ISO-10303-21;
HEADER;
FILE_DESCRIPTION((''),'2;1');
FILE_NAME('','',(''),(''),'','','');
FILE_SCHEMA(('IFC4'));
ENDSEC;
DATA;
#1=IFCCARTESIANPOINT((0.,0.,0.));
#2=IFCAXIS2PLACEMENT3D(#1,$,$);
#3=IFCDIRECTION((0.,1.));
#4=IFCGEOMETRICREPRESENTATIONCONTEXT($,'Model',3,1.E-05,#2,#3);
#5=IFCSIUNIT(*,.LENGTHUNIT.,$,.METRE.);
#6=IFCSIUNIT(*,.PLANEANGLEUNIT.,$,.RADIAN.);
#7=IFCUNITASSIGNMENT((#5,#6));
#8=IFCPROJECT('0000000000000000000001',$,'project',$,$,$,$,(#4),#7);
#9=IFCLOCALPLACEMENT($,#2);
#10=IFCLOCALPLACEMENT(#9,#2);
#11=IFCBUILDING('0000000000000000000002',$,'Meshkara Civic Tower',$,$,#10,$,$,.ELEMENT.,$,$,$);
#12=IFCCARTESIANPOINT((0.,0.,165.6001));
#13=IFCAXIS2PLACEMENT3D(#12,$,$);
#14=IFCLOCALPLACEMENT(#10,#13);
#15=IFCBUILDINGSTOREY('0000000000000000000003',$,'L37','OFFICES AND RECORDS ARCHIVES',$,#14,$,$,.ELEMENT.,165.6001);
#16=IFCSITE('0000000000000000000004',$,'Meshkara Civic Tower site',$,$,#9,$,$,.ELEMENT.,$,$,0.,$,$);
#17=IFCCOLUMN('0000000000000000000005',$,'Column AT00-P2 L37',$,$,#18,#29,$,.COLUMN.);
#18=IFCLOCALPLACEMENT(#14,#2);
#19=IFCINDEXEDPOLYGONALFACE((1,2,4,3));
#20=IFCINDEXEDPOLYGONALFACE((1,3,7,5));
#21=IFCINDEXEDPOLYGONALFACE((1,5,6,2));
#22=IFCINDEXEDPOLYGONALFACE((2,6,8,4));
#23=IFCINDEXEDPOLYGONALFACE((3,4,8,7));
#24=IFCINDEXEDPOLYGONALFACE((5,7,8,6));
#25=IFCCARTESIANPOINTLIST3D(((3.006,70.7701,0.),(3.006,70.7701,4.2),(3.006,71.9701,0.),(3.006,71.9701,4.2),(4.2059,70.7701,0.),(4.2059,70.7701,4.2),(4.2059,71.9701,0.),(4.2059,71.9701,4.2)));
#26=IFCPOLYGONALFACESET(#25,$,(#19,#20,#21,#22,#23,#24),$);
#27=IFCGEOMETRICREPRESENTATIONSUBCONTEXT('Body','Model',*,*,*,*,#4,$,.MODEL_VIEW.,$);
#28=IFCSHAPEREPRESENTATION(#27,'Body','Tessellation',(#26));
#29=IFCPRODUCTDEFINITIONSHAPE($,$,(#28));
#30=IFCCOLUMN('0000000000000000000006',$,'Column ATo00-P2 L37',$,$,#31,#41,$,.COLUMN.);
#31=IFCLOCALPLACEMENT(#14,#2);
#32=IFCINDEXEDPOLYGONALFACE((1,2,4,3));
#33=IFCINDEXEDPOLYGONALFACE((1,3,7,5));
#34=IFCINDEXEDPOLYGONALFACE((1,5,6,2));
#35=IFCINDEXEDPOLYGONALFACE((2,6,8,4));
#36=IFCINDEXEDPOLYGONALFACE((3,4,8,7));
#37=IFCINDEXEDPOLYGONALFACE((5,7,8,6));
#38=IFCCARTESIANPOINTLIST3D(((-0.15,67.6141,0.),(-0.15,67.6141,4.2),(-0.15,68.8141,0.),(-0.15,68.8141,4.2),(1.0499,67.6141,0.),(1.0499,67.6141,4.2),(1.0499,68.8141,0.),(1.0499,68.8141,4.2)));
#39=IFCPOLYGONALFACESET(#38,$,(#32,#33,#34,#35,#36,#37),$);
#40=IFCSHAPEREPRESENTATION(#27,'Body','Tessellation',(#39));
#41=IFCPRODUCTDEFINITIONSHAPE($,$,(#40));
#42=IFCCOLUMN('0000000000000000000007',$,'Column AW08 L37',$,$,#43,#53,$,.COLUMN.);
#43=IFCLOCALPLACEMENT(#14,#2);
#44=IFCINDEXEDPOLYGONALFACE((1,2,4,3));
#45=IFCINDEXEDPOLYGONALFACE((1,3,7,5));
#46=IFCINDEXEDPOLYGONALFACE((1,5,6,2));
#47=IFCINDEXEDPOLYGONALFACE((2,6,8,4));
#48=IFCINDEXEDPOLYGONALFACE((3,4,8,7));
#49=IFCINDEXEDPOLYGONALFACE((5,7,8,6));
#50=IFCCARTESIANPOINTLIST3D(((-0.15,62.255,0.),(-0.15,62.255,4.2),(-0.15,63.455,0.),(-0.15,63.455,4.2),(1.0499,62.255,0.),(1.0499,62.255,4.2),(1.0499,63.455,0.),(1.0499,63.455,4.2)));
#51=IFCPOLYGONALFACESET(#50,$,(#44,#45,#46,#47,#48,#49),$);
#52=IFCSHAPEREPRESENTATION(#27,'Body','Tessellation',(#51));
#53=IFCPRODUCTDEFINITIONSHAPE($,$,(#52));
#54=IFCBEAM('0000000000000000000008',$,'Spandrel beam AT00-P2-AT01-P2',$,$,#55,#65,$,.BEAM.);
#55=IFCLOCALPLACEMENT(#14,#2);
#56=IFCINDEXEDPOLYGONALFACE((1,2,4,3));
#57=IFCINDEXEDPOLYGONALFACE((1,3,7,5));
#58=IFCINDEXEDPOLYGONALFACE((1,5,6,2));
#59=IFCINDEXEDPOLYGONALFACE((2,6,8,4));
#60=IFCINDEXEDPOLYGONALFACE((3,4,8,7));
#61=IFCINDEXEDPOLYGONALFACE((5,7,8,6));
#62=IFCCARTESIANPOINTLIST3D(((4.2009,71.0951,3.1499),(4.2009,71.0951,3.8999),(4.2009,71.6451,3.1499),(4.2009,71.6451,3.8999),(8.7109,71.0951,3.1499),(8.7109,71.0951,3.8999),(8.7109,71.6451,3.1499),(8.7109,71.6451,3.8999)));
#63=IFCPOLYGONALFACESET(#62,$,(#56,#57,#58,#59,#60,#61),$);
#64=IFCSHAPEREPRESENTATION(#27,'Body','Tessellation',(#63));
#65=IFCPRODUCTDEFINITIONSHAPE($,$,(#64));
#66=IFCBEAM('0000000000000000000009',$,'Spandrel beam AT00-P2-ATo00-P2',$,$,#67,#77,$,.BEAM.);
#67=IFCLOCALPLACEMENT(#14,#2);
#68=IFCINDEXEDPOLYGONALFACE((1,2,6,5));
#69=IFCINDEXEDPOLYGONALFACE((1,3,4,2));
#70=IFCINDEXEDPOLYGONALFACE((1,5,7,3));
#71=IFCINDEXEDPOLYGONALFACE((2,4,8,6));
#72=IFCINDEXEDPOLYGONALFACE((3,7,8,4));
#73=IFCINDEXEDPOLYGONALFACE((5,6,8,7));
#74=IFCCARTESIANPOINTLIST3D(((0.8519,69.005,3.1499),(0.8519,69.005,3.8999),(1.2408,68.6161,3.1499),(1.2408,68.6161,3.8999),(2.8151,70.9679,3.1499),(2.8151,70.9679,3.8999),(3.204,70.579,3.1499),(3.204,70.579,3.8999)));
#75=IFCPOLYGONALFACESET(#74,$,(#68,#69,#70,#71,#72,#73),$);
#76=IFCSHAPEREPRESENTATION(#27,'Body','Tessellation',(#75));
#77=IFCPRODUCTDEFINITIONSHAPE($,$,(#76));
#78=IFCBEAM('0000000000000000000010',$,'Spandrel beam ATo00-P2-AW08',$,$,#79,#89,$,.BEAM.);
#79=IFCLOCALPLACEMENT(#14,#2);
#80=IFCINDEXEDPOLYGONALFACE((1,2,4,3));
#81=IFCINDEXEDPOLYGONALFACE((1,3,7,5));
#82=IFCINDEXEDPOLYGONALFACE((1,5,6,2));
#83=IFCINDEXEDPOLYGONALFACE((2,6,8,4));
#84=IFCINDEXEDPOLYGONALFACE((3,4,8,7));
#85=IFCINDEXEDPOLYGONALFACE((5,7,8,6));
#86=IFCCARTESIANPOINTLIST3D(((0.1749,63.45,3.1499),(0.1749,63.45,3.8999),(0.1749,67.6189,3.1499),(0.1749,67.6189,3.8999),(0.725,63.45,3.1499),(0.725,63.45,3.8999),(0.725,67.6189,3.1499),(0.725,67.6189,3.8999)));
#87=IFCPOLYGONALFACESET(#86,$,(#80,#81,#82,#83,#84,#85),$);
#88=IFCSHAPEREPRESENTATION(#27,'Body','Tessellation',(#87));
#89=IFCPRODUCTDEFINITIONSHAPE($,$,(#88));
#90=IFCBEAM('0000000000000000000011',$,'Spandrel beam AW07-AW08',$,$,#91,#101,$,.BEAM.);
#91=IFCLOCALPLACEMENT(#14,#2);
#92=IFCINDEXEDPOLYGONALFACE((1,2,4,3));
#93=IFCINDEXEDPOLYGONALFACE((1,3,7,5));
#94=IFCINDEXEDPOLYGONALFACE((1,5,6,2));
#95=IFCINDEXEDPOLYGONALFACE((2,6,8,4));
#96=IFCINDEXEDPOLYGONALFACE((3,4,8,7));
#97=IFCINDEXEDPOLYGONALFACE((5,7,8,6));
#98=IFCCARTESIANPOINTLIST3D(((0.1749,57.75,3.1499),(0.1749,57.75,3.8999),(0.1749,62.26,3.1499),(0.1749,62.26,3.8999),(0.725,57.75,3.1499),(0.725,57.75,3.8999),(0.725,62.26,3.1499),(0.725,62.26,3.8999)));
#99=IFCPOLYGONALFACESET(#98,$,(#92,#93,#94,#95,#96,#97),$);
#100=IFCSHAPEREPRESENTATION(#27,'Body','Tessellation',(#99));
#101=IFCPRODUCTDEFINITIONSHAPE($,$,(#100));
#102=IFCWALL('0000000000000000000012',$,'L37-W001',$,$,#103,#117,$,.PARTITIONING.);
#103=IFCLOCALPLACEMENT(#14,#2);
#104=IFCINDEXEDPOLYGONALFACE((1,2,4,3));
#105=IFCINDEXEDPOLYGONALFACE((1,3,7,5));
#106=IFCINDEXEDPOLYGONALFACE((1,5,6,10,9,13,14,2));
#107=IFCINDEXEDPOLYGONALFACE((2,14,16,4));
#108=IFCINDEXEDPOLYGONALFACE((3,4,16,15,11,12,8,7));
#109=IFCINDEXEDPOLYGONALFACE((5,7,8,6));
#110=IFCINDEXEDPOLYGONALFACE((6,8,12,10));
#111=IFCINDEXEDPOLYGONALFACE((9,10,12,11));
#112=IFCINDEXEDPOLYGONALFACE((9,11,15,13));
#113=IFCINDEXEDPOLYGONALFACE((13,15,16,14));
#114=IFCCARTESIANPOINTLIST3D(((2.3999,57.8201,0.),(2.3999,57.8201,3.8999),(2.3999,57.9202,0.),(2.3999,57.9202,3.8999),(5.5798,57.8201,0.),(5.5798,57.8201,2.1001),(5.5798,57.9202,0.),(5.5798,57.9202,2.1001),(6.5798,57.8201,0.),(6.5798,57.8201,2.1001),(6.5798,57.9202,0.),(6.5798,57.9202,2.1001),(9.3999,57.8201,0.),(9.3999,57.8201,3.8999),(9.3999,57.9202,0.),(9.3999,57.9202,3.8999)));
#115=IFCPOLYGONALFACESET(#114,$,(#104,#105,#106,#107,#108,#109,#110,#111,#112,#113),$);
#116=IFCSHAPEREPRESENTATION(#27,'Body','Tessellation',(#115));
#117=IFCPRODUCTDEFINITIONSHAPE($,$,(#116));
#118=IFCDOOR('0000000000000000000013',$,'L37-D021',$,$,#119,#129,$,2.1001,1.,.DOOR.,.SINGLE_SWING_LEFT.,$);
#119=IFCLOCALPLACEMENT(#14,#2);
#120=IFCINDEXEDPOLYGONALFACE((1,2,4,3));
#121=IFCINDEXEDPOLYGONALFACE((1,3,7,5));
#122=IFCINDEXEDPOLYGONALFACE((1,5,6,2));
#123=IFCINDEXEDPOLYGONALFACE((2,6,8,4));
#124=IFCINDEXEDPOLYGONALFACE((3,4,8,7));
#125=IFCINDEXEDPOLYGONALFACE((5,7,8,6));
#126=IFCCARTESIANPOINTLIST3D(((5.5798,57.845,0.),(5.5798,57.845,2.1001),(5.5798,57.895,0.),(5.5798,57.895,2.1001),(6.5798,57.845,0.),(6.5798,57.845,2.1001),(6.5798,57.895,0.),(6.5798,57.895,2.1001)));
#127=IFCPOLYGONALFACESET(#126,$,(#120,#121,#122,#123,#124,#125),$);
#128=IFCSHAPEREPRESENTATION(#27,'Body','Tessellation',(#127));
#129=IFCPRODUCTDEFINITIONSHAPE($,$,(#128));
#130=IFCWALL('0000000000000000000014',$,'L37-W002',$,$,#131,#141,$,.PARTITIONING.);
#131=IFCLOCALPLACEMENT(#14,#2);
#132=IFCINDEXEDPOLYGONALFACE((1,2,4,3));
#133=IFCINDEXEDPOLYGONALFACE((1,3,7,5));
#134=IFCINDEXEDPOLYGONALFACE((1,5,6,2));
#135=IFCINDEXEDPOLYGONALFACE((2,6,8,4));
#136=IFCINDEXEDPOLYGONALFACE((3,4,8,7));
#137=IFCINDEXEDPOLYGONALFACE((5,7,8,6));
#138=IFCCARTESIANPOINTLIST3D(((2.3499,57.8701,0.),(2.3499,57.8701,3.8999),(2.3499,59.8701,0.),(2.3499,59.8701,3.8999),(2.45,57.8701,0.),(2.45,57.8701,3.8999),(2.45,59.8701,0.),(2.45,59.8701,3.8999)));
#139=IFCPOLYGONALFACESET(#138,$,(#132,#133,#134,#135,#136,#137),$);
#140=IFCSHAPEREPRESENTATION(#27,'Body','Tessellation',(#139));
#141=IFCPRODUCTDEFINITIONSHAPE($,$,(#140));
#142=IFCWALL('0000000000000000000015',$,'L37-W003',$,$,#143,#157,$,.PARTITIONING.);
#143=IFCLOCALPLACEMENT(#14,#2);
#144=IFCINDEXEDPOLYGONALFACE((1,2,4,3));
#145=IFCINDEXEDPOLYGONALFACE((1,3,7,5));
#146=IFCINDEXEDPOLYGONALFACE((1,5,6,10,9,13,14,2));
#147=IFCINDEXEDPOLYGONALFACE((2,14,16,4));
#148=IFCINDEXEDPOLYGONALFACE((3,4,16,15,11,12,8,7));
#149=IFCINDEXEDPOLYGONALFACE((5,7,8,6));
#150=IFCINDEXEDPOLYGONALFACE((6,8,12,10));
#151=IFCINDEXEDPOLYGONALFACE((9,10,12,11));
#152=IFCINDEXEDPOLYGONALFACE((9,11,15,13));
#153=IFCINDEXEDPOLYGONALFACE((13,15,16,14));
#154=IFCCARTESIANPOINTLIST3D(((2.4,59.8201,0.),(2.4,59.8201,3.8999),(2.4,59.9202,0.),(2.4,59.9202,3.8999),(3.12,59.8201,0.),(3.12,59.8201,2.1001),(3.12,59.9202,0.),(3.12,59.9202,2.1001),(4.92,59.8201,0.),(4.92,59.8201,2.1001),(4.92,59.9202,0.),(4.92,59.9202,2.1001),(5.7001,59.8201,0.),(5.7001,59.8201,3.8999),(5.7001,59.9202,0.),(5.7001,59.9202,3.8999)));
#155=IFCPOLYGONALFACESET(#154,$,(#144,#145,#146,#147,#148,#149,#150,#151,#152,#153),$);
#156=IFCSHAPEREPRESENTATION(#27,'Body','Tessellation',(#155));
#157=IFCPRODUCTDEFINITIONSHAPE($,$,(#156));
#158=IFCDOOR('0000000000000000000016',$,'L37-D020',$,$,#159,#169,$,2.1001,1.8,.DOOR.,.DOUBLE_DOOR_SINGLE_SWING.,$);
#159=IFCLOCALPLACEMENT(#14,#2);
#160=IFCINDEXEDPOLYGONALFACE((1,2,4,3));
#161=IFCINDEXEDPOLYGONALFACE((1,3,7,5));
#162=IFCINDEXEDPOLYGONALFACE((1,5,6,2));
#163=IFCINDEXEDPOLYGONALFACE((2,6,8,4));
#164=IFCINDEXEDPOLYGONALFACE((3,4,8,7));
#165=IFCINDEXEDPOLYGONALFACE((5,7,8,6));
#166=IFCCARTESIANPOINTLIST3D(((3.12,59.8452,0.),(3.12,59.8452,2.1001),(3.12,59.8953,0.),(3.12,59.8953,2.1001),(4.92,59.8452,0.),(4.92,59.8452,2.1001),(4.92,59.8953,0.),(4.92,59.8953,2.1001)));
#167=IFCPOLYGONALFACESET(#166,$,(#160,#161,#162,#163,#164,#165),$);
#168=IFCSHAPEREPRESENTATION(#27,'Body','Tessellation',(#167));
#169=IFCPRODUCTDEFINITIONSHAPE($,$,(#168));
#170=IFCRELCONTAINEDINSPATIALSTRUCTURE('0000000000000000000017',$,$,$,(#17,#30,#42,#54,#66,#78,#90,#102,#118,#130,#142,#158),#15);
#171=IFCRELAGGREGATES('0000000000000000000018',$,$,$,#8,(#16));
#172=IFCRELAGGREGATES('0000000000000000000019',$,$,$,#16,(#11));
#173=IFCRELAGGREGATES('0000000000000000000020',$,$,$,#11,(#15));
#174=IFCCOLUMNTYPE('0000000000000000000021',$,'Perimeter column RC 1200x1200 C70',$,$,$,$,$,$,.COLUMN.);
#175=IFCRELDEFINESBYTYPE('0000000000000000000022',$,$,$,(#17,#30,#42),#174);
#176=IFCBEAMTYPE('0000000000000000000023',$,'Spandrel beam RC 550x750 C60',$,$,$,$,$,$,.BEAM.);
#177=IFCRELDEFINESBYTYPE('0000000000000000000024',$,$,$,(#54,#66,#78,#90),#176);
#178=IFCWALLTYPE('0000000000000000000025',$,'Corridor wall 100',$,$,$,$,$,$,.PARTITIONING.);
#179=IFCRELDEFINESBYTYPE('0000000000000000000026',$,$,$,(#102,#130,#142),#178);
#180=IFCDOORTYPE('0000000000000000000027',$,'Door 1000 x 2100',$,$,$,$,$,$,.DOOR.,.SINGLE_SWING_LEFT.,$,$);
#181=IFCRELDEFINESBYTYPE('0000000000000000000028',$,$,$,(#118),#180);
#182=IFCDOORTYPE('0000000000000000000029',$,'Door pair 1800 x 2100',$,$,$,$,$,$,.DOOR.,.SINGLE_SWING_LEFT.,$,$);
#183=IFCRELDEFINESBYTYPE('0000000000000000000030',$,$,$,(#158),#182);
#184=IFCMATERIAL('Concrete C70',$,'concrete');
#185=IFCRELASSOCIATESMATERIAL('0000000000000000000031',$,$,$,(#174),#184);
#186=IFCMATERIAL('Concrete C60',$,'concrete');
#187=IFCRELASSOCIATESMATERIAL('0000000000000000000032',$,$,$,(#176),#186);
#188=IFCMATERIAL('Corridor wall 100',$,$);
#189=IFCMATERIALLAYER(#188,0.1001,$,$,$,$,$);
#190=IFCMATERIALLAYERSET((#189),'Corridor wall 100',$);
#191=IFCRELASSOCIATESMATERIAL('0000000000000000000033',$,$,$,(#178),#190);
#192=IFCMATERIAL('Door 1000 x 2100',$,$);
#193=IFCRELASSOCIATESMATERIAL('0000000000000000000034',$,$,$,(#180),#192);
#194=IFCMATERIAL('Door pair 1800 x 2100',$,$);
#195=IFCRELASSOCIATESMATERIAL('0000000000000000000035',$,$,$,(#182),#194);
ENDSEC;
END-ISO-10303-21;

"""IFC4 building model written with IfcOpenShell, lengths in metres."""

from ifc_helpers import new_model, si_unit, direction, frame, frame_2d, origin, origin_2d, place, context, subcontext, project, spatial, rectangle, extrude, material, layer, layer_set, material_profile, profile_set, type_object, element, fill, save


model = new_model("IFC4")

# Units and contexts
model_context = context("Model", 3, precision=1e-05, world=origin(), true_north=direction((0.0, 1.0)))
body_context = subcontext(model_context, "Body", "Model", "MODEL_VIEW")
ifc_project = project(units=[si_unit("LENGTHUNIT", "METRE"), si_unit("PLANEANGLEUNIT", "RADIAN")], contexts=[model_context])

# Site, building, storey
site_placement = place(None, origin())
site = spatial("IfcSite", under=ifc_project, at=site_placement, Name="Meshkara Civic Tower site", CompositionType="ELEMENT", RefElevation=0.0)
building_placement = place(site_placement, origin())
building = spatial("IfcBuilding", under=site, at=building_placement, Name="Meshkara Civic Tower", CompositionType="ELEMENT")
storey_placement = place(building_placement, frame((0.0, 0.0, 165.6001)))
storey = spatial("IfcBuildingStorey", under=building, at=storey_placement, Name="L37", Description="OFFICES AND RECORDS ARCHIVES", CompositionType="ELEMENT", Elevation=165.6001)

# Columns
ifc_material_1 = material(Name="Concrete C70", Category="concrete")
ifc_material_profile_1 = material_profile(ifc_material_1, rectangle(XDim=1.2, YDim=1.2, at=origin_2d()))
ifc_profile_set_1 = profile_set([ifc_material_profile_1], Name="Concrete C70")
column_type = type_object("IfcColumnType", Name="Perimeter column RC 1200x1200 C70", PredefinedType="COLUMN", material=ifc_profile_set_1)
for number, where, z_axis, x_axis, name in (
    (1, (3.606, 71.3701, 0.0), (0.0, 0.0, 1.0), (1.0, 0.0, 0.0), "Column AT00-P2 L37"),
    (2, (0.45, 68.2141, 0.0), (0.0, 0.0, 1.0), (1.0, 0.0, 0.0), "Column ATo00-P2 L37"),
    (3, (0.45, 62.855, 0.0), (0.0, 0.0, 1.0), (1.0, 0.0, 0.0), "Column AW08 L37"),
):
    element("IfcColumn", number, at=place(storey_placement, frame(where, z_axis=z_axis, x_axis=x_axis)), inside=storey, type_object=column_type, Name=name, PredefinedType="COLUMN", context=body_context, shape_type="SweptSolid", body=[
        extrude(rectangle(XDim=1.2, YDim=1.2, at=origin_2d()), origin(), (0.0, 0.0, 1.0), 4.2),
    ])

# Beams
ifc_material_2 = material(Name="Concrete C60", Category="concrete")
ifc_material_profile_2 = material_profile(ifc_material_2, rectangle(XDim=0.55, YDim=0.75, at=origin_2d()))
ifc_profile_set_2 = profile_set([ifc_material_profile_2], Name="Concrete C60")
beam_type = type_object("IfcBeamType", Name="Spandrel beam RC 550x750 C60", PredefinedType="BEAM", material=ifc_profile_set_2)
beam_1_placement = place(storey_placement, frame((8.7109, 71.3701, 3.5249), z_axis=(-1.0, 0.0, 0.0), x_axis=(0.0, -1.0, 0.0)))
element("IfcBeam", 4, at=beam_1_placement, inside=storey, type_object=beam_type, Name="Spandrel beam AT00-P2-AT01-P2", PredefinedType="BEAM", context=body_context, shape_type="SweptSolid", body=[
    extrude(rectangle(XDim=0.55, YDim=0.75, at=origin_2d()), origin(), (0.0, 0.0, 1.0), 4.51),
])
beam_2_placement = place(storey_placement, frame((3.0095, 70.7734, 3.5249), z_axis=(-0.707151, -0.707063, 0.0), x_axis=(0.707063, -0.707151, 0.0)))
element("IfcBeam", 5, at=beam_2_placement, inside=storey, type_object=beam_type, Name="Spandrel beam AT00-P2-ATo00-P2", PredefinedType="BEAM", context=body_context, shape_type="SweptSolid", body=[
    extrude(rectangle(XDim=0.55, YDim=0.75, at=origin_2d()), origin(), (0.0, 0.0, 1.0), 2.7761),
])
beam_3_placement = place(storey_placement, frame((0.45, 67.6189, 3.5249), z_axis=(0.0, -1.0, 0.0), x_axis=(1.0, 0.0, 0.0)))
element("IfcBeam", 6, at=beam_3_placement, inside=storey, type_object=beam_type, Name="Spandrel beam ATo00-P2-AW08", PredefinedType="BEAM", context=body_context, shape_type="SweptSolid", body=[
    extrude(rectangle(XDim=0.55, YDim=0.75, at=origin_2d()), origin(), (0.0, 0.0, 1.0), 4.1689),
])
beam_4_placement = place(storey_placement, frame((0.45, 62.26, 3.5249), z_axis=(0.0, -1.0, 0.0), x_axis=(1.0, 0.0, 0.0)))
element("IfcBeam", 7, at=beam_4_placement, inside=storey, type_object=beam_type, Name="Spandrel beam AW07-AW08", PredefinedType="BEAM", context=body_context, shape_type="SweptSolid", body=[
    extrude(rectangle(XDim=0.55, YDim=0.75, at=origin_2d()), origin(), (0.0, 0.0, 1.0), 4.51),
])

# Wall, opening, door
ifc_material_3 = material(Name="Corridor wall 100")
ifc_layer_1 = layer(ifc_material_3, 0.1001)
ifc_layer_set_1 = layer_set([ifc_layer_1], Name="Corridor wall 100")
wall_type_1 = type_object("IfcWallType", Name="Corridor wall 100", PredefinedType="PARTITIONING", material=ifc_layer_set_1)
wall_1_placement = place(storey_placement, frame((2.3999, 57.8701, 0.0), z_axis=(0.0, 0.0, 1.0), x_axis=(1.0, 0.0, 0.0)))
wall_1 = element("IfcWall", 8, at=wall_1_placement, inside=storey, type_object=wall_type_1, Name="L37-W001", PredefinedType="PARTITIONING", context=body_context, shape_type="SweptSolid", body=[
    extrude(rectangle(XDim=7.0, YDim=0.1001, at=frame_2d((3.5, 0.0))), origin(), (0.0, 0.0, 1.0), 3.8999),
])
opening_1_placement = place(wall_1_placement, frame((3.1799, 0.0, 0.0)))
opening_1 = element("IfcOpeningElement", 9, at=opening_1_placement, cuts=wall_1, PredefinedType="OPENING", context=body_context, shape_type="SweptSolid", body=[
    extrude(rectangle(XDim=1.0, YDim=2.1001, at=frame_2d((0.5, 1.05))), frame((0.0, 0.0601, 0.0), z_axis=(0.0, -1.0, 0.0), x_axis=(1.0, 0.0, 0.0)), (0.0, 0.0, 1.0), 0.1201),
])
ifc_material_4 = material(Name="Door 1000 x 2100")
door_type_1 = type_object("IfcDoorType", Name="Door 1000 x 2100", OperationType="SINGLE_SWING_LEFT", PredefinedType="DOOR", material=ifc_material_4)
door_1_placement = place(opening_1_placement, origin())
door_1 = element("IfcDoor", 10, at=door_1_placement, inside=storey, type_object=door_type_1, Name="L37-D021", OperationType="SINGLE_SWING_LEFT", OverallHeight=2.1001, OverallWidth=1.0, PredefinedType="DOOR", context=body_context, shape_type="SweptSolid", body=[
    extrude(rectangle(XDim=1.0, YDim=2.1001, at=frame_2d((0.5, 1.05))), frame((0.0, 0.0249, 0.0), z_axis=(0.0, -1.0, 0.0), x_axis=(1.0, 0.0, 0.0)), (0.0, 0.0, 1.0), 0.05),
])
fill(opening_1, door_1)

# Wall
wall_2_placement = place(storey_placement, frame((2.3999, 59.8701, 0.0), z_axis=(0.0, 0.0, 1.0), x_axis=(0.0, -1.0, 0.0)))
element("IfcWall", 11, at=wall_2_placement, inside=storey, type_object=wall_type_1, Name="L37-W002", PredefinedType="PARTITIONING", context=body_context, shape_type="SweptSolid", body=[
    extrude(rectangle(XDim=2.0, YDim=0.1001, at=frame_2d((1.0, 0.0))), origin(), (0.0, 0.0, 1.0), 3.8999),
])

# Wall, opening, door
wall_3_placement = place(storey_placement, frame((5.7, 59.8701, 0.0), z_axis=(0.0, 0.0, 1.0), x_axis=(-1.0, 0.0, 0.0)))
wall_3 = element("IfcWall", 12, at=wall_3_placement, inside=storey, type_object=wall_type_1, Name="L37-W003", PredefinedType="PARTITIONING", context=body_context, shape_type="SweptSolid", body=[
    extrude(rectangle(XDim=3.3, YDim=0.1001, at=frame_2d((1.6499, 0.0))), origin(), (0.0, 0.0, 1.0), 3.8999),
])
opening_2_placement = place(wall_3_placement, frame((0.78, 0.0, 0.0)))
opening_2 = element("IfcOpeningElement", 13, at=opening_2_placement, cuts=wall_3, PredefinedType="OPENING", context=body_context, shape_type="SweptSolid", body=[
    extrude(rectangle(XDim=1.8, YDim=2.1001, at=frame_2d((0.8999, 1.05))), frame((0.0, 0.0601, 0.0), z_axis=(0.0, -1.0, 0.0), x_axis=(1.0, 0.0, 0.0)), (0.0, 0.0, 1.0), 0.1201),
])
ifc_material_5 = material(Name="Door pair 1800 x 2100")
door_type_2 = type_object("IfcDoorType", Name="Door pair 1800 x 2100", OperationType="SINGLE_SWING_LEFT", PredefinedType="DOOR", material=ifc_material_5)
door_2_placement = place(opening_2_placement, origin())
door_2 = element("IfcDoor", 14, at=door_2_placement, inside=storey, type_object=door_type_2, Name="L37-D020", OperationType="DOUBLE_DOOR_SINGLE_SWING", OverallHeight=2.1001, OverallWidth=1.8, PredefinedType="DOOR", context=body_context, shape_type="SweptSolid", body=[
    extrude(rectangle(XDim=1.8, YDim=2.1001, at=frame_2d((0.8999, 1.05))), frame((0.0, 0.0249, 0.0), z_axis=(0.0, -1.0, 0.0), x_axis=(1.0, 0.0, 0.0)), (0.0, 0.0, 1.0), 0.05),
])
fill(opening_2, door_2)

save(model, "model.ifc")
